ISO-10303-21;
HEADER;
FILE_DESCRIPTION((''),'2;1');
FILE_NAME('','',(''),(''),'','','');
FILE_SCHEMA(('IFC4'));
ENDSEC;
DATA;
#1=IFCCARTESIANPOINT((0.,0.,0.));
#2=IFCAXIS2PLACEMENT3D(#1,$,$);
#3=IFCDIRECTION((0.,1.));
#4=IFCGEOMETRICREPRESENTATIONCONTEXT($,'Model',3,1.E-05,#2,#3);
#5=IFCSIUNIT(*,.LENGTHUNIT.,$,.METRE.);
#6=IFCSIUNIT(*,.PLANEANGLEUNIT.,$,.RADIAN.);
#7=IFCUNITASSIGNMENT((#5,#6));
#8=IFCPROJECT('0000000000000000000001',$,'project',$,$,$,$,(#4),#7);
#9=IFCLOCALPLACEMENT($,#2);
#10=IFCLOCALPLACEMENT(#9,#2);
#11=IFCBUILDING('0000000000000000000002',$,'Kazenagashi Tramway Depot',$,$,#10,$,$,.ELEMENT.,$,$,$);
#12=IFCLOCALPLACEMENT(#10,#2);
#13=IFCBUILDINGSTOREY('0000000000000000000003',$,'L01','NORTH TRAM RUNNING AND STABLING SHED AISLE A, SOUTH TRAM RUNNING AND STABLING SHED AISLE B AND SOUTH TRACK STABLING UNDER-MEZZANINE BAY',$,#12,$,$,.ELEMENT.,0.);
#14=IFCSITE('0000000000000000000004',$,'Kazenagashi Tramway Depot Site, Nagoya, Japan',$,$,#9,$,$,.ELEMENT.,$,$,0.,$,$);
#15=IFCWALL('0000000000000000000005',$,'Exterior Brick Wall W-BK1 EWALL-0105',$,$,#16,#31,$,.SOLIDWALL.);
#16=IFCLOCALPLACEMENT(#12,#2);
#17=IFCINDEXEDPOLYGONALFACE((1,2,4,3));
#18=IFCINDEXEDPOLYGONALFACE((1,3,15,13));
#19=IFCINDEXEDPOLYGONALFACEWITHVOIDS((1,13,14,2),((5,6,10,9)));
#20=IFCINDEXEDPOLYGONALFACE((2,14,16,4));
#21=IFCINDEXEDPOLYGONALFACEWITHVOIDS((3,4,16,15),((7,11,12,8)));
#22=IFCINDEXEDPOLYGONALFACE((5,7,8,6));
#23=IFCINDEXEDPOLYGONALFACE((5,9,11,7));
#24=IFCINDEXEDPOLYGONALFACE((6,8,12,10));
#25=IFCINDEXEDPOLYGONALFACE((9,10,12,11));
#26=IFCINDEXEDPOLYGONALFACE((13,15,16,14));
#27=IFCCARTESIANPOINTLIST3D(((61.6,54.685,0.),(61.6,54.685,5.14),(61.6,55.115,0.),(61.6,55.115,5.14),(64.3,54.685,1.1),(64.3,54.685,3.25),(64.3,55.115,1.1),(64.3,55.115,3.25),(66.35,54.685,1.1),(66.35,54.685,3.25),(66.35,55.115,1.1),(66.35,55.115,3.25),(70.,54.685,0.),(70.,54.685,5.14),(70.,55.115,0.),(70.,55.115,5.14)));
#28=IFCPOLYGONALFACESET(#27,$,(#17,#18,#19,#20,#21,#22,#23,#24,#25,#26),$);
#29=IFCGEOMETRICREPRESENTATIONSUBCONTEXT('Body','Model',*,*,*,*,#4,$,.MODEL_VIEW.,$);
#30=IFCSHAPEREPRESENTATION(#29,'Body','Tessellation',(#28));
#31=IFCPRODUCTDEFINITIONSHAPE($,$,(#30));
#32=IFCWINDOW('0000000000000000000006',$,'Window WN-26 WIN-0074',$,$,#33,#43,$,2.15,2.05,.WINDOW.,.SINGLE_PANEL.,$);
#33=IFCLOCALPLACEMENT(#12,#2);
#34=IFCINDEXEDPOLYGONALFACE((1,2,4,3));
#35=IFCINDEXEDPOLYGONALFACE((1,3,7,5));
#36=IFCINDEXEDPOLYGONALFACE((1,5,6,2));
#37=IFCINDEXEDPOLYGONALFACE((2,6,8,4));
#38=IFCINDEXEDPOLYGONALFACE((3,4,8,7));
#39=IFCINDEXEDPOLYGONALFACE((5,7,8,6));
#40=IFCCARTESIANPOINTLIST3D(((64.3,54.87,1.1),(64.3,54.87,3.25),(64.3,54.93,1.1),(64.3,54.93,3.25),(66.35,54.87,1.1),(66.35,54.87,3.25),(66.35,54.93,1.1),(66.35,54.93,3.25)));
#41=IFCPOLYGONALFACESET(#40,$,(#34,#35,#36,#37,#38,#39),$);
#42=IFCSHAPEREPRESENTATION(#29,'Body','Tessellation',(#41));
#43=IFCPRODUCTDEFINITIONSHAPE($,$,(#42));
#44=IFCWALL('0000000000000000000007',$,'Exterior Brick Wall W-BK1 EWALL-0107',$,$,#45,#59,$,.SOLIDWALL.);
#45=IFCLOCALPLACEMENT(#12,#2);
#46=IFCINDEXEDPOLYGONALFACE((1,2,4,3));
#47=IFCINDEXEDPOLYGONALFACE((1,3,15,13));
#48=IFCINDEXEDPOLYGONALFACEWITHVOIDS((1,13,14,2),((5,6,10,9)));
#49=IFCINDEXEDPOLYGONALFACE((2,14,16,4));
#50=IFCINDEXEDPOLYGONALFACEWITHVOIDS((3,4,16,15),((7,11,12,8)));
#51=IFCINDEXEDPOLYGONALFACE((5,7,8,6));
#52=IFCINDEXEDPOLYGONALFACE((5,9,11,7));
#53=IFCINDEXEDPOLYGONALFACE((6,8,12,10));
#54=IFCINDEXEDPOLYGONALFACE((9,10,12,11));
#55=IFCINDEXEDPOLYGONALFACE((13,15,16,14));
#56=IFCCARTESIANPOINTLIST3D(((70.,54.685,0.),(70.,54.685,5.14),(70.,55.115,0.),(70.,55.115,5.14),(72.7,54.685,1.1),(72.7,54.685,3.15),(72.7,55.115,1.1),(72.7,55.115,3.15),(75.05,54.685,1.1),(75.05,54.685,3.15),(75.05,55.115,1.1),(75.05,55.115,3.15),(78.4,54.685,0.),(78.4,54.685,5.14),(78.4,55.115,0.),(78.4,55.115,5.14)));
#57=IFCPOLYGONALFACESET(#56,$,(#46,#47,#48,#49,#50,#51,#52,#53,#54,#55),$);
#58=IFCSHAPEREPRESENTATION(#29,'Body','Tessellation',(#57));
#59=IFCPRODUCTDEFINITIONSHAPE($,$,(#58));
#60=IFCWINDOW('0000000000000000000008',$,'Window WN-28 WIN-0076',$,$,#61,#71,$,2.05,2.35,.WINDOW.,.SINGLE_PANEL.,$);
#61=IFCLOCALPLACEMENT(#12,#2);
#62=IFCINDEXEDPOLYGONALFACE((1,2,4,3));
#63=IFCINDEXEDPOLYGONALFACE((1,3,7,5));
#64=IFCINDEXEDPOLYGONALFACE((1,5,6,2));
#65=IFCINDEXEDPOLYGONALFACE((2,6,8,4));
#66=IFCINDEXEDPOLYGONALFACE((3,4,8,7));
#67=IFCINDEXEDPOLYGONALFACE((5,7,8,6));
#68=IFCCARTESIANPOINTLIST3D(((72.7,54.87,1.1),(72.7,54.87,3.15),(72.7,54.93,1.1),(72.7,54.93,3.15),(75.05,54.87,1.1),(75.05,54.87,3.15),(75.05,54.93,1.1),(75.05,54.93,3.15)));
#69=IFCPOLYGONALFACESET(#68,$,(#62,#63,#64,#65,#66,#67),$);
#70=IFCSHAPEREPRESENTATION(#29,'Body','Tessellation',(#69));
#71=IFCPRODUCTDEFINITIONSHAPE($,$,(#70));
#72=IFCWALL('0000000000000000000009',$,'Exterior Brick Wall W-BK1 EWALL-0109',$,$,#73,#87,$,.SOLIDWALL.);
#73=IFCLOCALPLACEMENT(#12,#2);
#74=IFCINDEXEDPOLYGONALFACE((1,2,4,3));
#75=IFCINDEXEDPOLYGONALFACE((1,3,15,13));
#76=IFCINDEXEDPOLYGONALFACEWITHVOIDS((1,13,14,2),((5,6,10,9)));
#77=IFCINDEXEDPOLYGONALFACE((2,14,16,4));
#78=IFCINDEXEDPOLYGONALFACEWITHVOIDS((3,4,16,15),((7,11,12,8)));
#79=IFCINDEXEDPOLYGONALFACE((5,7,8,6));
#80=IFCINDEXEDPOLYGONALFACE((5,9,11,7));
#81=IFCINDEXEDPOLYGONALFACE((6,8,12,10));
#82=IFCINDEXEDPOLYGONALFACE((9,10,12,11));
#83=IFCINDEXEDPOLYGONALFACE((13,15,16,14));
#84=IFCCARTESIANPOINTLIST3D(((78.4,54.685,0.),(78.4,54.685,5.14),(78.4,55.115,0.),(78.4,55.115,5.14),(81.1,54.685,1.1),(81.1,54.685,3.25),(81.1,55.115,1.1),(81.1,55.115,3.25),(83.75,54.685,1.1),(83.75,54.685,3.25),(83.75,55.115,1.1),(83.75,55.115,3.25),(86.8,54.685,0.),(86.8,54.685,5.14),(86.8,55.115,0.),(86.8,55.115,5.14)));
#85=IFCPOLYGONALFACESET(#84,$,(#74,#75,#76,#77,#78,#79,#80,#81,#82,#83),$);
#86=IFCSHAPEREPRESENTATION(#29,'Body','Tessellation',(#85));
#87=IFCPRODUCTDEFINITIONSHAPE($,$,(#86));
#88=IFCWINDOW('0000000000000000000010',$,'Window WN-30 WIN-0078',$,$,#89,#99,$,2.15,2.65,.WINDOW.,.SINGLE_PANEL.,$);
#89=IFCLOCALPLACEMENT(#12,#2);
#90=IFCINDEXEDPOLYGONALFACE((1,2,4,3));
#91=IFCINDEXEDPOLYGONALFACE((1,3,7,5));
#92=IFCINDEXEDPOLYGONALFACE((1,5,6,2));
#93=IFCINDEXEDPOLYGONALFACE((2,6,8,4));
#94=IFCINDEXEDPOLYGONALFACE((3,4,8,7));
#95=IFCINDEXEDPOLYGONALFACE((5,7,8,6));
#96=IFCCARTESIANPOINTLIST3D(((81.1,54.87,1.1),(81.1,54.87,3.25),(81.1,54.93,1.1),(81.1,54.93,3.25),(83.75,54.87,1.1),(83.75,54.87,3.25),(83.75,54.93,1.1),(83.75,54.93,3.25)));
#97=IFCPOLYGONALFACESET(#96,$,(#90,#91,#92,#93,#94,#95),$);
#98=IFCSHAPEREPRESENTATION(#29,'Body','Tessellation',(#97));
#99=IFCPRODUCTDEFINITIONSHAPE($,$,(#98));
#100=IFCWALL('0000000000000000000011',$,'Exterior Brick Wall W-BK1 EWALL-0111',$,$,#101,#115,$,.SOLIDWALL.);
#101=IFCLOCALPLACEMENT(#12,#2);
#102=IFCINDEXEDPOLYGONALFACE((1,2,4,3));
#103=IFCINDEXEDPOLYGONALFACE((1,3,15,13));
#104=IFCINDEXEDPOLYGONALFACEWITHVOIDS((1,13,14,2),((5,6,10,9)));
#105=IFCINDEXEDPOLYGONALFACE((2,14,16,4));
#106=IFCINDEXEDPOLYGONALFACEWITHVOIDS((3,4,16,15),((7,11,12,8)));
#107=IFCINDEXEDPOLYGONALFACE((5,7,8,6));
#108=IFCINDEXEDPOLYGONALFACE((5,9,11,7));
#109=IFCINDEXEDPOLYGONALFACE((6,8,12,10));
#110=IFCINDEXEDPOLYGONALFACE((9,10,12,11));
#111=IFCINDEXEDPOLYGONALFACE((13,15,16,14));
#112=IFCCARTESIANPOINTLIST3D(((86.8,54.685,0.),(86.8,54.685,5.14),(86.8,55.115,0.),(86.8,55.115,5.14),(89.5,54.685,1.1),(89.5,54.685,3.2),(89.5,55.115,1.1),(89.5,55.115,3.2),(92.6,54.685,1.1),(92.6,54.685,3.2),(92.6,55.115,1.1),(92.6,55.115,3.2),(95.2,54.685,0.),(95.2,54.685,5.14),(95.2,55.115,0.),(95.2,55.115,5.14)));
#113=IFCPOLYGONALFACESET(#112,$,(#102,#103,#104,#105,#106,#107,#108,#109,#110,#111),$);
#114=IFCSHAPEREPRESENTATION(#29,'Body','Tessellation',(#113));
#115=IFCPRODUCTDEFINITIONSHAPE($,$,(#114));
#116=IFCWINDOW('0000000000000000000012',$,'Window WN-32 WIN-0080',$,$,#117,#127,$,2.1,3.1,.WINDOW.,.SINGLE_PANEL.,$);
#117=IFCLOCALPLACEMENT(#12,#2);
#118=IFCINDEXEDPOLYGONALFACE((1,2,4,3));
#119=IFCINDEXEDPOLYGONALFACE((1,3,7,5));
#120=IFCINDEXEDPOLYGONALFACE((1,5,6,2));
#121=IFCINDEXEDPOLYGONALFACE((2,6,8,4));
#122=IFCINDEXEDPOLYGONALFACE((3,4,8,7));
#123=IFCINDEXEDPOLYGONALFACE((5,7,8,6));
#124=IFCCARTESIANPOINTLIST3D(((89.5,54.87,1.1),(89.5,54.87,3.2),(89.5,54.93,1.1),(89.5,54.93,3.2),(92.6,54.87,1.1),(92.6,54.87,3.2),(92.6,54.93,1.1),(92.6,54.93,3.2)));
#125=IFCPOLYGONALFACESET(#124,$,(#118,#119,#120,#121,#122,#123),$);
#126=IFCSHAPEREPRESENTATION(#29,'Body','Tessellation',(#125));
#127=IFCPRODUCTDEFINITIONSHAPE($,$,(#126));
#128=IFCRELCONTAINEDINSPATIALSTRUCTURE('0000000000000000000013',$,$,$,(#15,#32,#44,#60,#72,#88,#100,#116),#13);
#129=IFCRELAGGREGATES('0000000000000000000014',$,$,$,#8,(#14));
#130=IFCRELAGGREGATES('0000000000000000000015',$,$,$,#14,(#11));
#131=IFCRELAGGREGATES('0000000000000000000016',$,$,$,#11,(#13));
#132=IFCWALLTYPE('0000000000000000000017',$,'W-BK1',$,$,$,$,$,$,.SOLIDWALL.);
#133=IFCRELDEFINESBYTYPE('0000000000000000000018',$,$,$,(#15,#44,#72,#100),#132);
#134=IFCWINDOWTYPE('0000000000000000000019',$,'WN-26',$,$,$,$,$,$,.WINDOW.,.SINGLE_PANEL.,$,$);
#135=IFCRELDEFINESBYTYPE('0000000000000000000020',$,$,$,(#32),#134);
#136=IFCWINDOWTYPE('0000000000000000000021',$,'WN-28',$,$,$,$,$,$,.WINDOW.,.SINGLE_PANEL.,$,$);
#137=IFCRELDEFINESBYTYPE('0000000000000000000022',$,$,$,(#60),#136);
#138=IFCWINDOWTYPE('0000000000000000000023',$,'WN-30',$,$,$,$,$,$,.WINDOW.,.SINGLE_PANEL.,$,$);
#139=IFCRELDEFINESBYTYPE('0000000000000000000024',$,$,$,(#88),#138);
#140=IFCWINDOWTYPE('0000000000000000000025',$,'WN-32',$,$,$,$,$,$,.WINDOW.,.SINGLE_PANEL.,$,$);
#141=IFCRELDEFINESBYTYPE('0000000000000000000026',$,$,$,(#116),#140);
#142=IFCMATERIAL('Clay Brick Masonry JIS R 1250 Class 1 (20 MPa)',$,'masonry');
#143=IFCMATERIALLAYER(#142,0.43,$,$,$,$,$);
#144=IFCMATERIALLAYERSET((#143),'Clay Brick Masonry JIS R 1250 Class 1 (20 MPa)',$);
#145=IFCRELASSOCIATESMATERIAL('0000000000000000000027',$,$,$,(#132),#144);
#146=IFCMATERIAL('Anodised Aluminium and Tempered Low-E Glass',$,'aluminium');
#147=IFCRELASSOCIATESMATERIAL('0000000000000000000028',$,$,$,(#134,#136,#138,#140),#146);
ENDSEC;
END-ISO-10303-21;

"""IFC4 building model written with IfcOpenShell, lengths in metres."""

from ifc_helpers import new_model, si_unit, direction, frame, frame_2d, origin, place, context, subcontext, project, spatial, rectangle, extrude, material, layer, layer_set, type_object, element, fill, save


model = new_model("IFC4")

# Units and contexts
model_context = context("Model", 3, precision=1e-05, world=origin(), true_north=direction((0.0, 1.0)))
body_context = subcontext(model_context, "Body", "Model", "MODEL_VIEW")
ifc_project = project(units=[si_unit("LENGTHUNIT", "METRE"), si_unit("PLANEANGLEUNIT", "RADIAN")], contexts=[model_context])

# Site, building, storey
site_placement = place(None, origin())
site = spatial("IfcSite", under=ifc_project, at=site_placement, Name="Kazenagashi Tramway Depot Site, Nagoya, Japan", CompositionType="ELEMENT", RefElevation=0.0)
building_placement = place(site_placement, origin())
building = spatial("IfcBuilding", under=site, at=building_placement, Name="Kazenagashi Tramway Depot", CompositionType="ELEMENT")
storey_placement = place(building_placement, origin())
storey = spatial("IfcBuildingStorey", under=building, at=storey_placement, Name="L01", Description="NORTH TRAM RUNNING AND STABLING SHED AISLE A, SOUTH TRAM RUNNING AND STABLING SHED AISLE B AND SOUTH TRACK STABLING UNDER-MEZZANINE BAY", CompositionType="ELEMENT", Elevation=0.0)

# Walls, openings, windows
ifc_material_1 = material(Name="Clay Brick Masonry JIS R 1250 Class 1 (20 MPa)", Category="masonry")
ifc_layer = layer(ifc_material_1, 0.43)
ifc_layer_set = layer_set([ifc_layer], Name="Clay Brick Masonry JIS R 1250 Class 1 (20 MPa)")
wall_type = type_object("IfcWallType", Name="W-BK1", PredefinedType="SOLIDWALL", material=ifc_layer_set)
wall_1_placement = place(storey_placement, frame((61.6, 54.9, 0.0), z_axis=(0.0, 0.0, 1.0), x_axis=(1.0, 0.0, 0.0)))
wall_1 = element("IfcWall", 1, at=wall_1_placement, inside=storey, type_object=wall_type, Name="Exterior Brick Wall W-BK1 EWALL-0105", PredefinedType="SOLIDWALL", context=body_context, shape_type="SweptSolid", body=[
    extrude(rectangle(XDim=8.4, YDim=0.43, at=frame_2d((4.2, 0.0))), origin(), (0.0, 0.0, 1.0), 5.14),
])
opening_1_placement = place(wall_1_placement, frame((2.7, 0.0, 1.1)))
opening_1 = element("IfcOpeningElement", 2, at=opening_1_placement, cuts=wall_1, PredefinedType="OPENING", context=body_context, shape_type="SweptSolid", body=[
    extrude(rectangle(XDim=2.05, YDim=2.15, at=frame_2d((1.025, 1.075))), frame((0.0, 0.225, 0.0), z_axis=(0.0, -1.0, 0.0), x_axis=(1.0, 0.0, 0.0)), (0.0, 0.0, 1.0), 0.45),
])
ifc_material_2 = material(Name="Anodised Aluminium and Tempered Low-E Glass", Category="aluminium")
window_type_1 = type_object("IfcWindowType", Name="WN-26", PartitioningType="SINGLE_PANEL", PredefinedType="WINDOW", material=ifc_material_2)
window_1_placement = place(opening_1_placement, origin())
window_1 = element("IfcWindow", 3, at=window_1_placement, inside=storey, type_object=window_type_1, Name="Window WN-26 WIN-0074", OverallHeight=2.15, OverallWidth=2.05, PartitioningType="SINGLE_PANEL", PredefinedType="WINDOW", context=body_context, shape_type="SweptSolid", body=[
    extrude(rectangle(XDim=2.05, YDim=2.15, at=frame_2d((1.025, 1.075))), frame((0.0, 0.03, 0.0), z_axis=(0.0, -1.0, 0.0), x_axis=(1.0, 0.0, 0.0)), (0.0, 0.0, 1.0), 0.06),
])
fill(opening_1, window_1)
wall_2_placement = place(storey_placement, frame((70.0, 54.9, 0.0), z_axis=(0.0, 0.0, 1.0), x_axis=(1.0, 0.0, 0.0)))
wall_2 = element("IfcWall", 4, at=wall_2_placement, inside=storey, type_object=wall_type, Name="Exterior Brick Wall W-BK1 EWALL-0107", PredefinedType="SOLIDWALL", context=body_context, shape_type="SweptSolid", body=[
    extrude(rectangle(XDim=8.4, YDim=0.43, at=frame_2d((4.2, 0.0))), origin(), (0.0, 0.0, 1.0), 5.14),
])
opening_2_placement = place(wall_2_placement, frame((2.7, 0.0, 1.1)))
opening_2 = element("IfcOpeningElement", 5, at=opening_2_placement, cuts=wall_2, PredefinedType="OPENING", context=body_context, shape_type="SweptSolid", body=[
    extrude(rectangle(XDim=2.35, YDim=2.05, at=frame_2d((1.175, 1.025))), frame((0.0, 0.225, 0.0), z_axis=(0.0, -1.0, 0.0), x_axis=(1.0, 0.0, 0.0)), (0.0, 0.0, 1.0), 0.45),
])
window_type_2 = type_object("IfcWindowType", Name="WN-28", PartitioningType="SINGLE_PANEL", PredefinedType="WINDOW", material=ifc_material_2)
window_2_placement = place(opening_2_placement, origin())
window_2 = element("IfcWindow", 6, at=window_2_placement, inside=storey, type_object=window_type_2, Name="Window WN-28 WIN-0076", OverallHeight=2.05, OverallWidth=2.35, PartitioningType="SINGLE_PANEL", PredefinedType="WINDOW", context=body_context, shape_type="SweptSolid", body=[
    extrude(rectangle(XDim=2.35, YDim=2.05, at=frame_2d((1.175, 1.025))), frame((0.0, 0.03, 0.0), z_axis=(0.0, -1.0, 0.0), x_axis=(1.0, 0.0, 0.0)), (0.0, 0.0, 1.0), 0.06),
])
fill(opening_2, window_2)
wall_3_placement = place(storey_placement, frame((78.4, 54.9, 0.0), z_axis=(0.0, 0.0, 1.0), x_axis=(1.0, 0.0, 0.0)))
wall_3 = element("IfcWall", 7, at=wall_3_placement, inside=storey, type_object=wall_type, Name="Exterior Brick Wall W-BK1 EWALL-0109", PredefinedType="SOLIDWALL", context=body_context, shape_type="SweptSolid", body=[
    extrude(rectangle(XDim=8.4, YDim=0.43, at=frame_2d((4.2, 0.0))), origin(), (0.0, 0.0, 1.0), 5.14),
])
opening_3_placement = place(wall_3_placement, frame((2.7, 0.0, 1.1)))
opening_3 = element("IfcOpeningElement", 8, at=opening_3_placement, cuts=wall_3, PredefinedType="OPENING", context=body_context, shape_type="SweptSolid", body=[
    extrude(rectangle(XDim=2.65, YDim=2.15, at=frame_2d((1.325, 1.075))), frame((0.0, 0.225, 0.0), z_axis=(0.0, -1.0, 0.0), x_axis=(1.0, 0.0, 0.0)), (0.0, 0.0, 1.0), 0.45),
])
window_type_3 = type_object("IfcWindowType", Name="WN-30", PartitioningType="SINGLE_PANEL", PredefinedType="WINDOW", material=ifc_material_2)
window_3_placement = place(opening_3_placement, origin())
window_3 = element("IfcWindow", 9, at=window_3_placement, inside=storey, type_object=window_type_3, Name="Window WN-30 WIN-0078", OverallHeight=2.15, OverallWidth=2.65, PartitioningType="SINGLE_PANEL", PredefinedType="WINDOW", context=body_context, shape_type="SweptSolid", body=[
    extrude(rectangle(XDim=2.65, YDim=2.15, at=frame_2d((1.325, 1.075))), frame((0.0, 0.03, 0.0), z_axis=(0.0, -1.0, 0.0), x_axis=(1.0, 0.0, 0.0)), (0.0, 0.0, 1.0), 0.06),
])
fill(opening_3, window_3)
wall_4_placement = place(storey_placement, frame((86.8, 54.9, 0.0), z_axis=(0.0, 0.0, 1.0), x_axis=(1.0, 0.0, 0.0)))
wall_4 = element("IfcWall", 10, at=wall_4_placement, inside=storey, type_object=wall_type, Name="Exterior Brick Wall W-BK1 EWALL-0111", PredefinedType="SOLIDWALL", context=body_context, shape_type="SweptSolid", body=[
    extrude(rectangle(XDim=8.4, YDim=0.43, at=frame_2d((4.2, 0.0))), origin(), (0.0, 0.0, 1.0), 5.14),
])
opening_4_placement = place(wall_4_placement, frame((2.7, 0.0, 1.1)))
opening_4 = element("IfcOpeningElement", 11, at=opening_4_placement, cuts=wall_4, PredefinedType="OPENING", context=body_context, shape_type="SweptSolid", body=[
    extrude(rectangle(XDim=3.1, YDim=2.1, at=frame_2d((1.55, 1.05))), frame((0.0, 0.225, 0.0), z_axis=(0.0, -1.0, 0.0), x_axis=(1.0, 0.0, 0.0)), (0.0, 0.0, 1.0), 0.45),
])
window_type_4 = type_object("IfcWindowType", Name="WN-32", PartitioningType="SINGLE_PANEL", PredefinedType="WINDOW", material=ifc_material_2)
window_4_placement = place(opening_4_placement, origin())
window_4 = element("IfcWindow", 12, at=window_4_placement, inside=storey, type_object=window_type_4, Name="Window WN-32 WIN-0080", OverallHeight=2.1, OverallWidth=3.1, PartitioningType="SINGLE_PANEL", PredefinedType="WINDOW", context=body_context, shape_type="SweptSolid", body=[
    extrude(rectangle(XDim=3.1, YDim=2.1, at=frame_2d((1.55, 1.05))), frame((0.0, 0.03, 0.0), z_axis=(0.0, -1.0, 0.0), x_axis=(1.0, 0.0, 0.0)), (0.0, 0.0, 1.0), 0.06),
])
fill(opening_4, window_4)

save(model, "model.ifc")
